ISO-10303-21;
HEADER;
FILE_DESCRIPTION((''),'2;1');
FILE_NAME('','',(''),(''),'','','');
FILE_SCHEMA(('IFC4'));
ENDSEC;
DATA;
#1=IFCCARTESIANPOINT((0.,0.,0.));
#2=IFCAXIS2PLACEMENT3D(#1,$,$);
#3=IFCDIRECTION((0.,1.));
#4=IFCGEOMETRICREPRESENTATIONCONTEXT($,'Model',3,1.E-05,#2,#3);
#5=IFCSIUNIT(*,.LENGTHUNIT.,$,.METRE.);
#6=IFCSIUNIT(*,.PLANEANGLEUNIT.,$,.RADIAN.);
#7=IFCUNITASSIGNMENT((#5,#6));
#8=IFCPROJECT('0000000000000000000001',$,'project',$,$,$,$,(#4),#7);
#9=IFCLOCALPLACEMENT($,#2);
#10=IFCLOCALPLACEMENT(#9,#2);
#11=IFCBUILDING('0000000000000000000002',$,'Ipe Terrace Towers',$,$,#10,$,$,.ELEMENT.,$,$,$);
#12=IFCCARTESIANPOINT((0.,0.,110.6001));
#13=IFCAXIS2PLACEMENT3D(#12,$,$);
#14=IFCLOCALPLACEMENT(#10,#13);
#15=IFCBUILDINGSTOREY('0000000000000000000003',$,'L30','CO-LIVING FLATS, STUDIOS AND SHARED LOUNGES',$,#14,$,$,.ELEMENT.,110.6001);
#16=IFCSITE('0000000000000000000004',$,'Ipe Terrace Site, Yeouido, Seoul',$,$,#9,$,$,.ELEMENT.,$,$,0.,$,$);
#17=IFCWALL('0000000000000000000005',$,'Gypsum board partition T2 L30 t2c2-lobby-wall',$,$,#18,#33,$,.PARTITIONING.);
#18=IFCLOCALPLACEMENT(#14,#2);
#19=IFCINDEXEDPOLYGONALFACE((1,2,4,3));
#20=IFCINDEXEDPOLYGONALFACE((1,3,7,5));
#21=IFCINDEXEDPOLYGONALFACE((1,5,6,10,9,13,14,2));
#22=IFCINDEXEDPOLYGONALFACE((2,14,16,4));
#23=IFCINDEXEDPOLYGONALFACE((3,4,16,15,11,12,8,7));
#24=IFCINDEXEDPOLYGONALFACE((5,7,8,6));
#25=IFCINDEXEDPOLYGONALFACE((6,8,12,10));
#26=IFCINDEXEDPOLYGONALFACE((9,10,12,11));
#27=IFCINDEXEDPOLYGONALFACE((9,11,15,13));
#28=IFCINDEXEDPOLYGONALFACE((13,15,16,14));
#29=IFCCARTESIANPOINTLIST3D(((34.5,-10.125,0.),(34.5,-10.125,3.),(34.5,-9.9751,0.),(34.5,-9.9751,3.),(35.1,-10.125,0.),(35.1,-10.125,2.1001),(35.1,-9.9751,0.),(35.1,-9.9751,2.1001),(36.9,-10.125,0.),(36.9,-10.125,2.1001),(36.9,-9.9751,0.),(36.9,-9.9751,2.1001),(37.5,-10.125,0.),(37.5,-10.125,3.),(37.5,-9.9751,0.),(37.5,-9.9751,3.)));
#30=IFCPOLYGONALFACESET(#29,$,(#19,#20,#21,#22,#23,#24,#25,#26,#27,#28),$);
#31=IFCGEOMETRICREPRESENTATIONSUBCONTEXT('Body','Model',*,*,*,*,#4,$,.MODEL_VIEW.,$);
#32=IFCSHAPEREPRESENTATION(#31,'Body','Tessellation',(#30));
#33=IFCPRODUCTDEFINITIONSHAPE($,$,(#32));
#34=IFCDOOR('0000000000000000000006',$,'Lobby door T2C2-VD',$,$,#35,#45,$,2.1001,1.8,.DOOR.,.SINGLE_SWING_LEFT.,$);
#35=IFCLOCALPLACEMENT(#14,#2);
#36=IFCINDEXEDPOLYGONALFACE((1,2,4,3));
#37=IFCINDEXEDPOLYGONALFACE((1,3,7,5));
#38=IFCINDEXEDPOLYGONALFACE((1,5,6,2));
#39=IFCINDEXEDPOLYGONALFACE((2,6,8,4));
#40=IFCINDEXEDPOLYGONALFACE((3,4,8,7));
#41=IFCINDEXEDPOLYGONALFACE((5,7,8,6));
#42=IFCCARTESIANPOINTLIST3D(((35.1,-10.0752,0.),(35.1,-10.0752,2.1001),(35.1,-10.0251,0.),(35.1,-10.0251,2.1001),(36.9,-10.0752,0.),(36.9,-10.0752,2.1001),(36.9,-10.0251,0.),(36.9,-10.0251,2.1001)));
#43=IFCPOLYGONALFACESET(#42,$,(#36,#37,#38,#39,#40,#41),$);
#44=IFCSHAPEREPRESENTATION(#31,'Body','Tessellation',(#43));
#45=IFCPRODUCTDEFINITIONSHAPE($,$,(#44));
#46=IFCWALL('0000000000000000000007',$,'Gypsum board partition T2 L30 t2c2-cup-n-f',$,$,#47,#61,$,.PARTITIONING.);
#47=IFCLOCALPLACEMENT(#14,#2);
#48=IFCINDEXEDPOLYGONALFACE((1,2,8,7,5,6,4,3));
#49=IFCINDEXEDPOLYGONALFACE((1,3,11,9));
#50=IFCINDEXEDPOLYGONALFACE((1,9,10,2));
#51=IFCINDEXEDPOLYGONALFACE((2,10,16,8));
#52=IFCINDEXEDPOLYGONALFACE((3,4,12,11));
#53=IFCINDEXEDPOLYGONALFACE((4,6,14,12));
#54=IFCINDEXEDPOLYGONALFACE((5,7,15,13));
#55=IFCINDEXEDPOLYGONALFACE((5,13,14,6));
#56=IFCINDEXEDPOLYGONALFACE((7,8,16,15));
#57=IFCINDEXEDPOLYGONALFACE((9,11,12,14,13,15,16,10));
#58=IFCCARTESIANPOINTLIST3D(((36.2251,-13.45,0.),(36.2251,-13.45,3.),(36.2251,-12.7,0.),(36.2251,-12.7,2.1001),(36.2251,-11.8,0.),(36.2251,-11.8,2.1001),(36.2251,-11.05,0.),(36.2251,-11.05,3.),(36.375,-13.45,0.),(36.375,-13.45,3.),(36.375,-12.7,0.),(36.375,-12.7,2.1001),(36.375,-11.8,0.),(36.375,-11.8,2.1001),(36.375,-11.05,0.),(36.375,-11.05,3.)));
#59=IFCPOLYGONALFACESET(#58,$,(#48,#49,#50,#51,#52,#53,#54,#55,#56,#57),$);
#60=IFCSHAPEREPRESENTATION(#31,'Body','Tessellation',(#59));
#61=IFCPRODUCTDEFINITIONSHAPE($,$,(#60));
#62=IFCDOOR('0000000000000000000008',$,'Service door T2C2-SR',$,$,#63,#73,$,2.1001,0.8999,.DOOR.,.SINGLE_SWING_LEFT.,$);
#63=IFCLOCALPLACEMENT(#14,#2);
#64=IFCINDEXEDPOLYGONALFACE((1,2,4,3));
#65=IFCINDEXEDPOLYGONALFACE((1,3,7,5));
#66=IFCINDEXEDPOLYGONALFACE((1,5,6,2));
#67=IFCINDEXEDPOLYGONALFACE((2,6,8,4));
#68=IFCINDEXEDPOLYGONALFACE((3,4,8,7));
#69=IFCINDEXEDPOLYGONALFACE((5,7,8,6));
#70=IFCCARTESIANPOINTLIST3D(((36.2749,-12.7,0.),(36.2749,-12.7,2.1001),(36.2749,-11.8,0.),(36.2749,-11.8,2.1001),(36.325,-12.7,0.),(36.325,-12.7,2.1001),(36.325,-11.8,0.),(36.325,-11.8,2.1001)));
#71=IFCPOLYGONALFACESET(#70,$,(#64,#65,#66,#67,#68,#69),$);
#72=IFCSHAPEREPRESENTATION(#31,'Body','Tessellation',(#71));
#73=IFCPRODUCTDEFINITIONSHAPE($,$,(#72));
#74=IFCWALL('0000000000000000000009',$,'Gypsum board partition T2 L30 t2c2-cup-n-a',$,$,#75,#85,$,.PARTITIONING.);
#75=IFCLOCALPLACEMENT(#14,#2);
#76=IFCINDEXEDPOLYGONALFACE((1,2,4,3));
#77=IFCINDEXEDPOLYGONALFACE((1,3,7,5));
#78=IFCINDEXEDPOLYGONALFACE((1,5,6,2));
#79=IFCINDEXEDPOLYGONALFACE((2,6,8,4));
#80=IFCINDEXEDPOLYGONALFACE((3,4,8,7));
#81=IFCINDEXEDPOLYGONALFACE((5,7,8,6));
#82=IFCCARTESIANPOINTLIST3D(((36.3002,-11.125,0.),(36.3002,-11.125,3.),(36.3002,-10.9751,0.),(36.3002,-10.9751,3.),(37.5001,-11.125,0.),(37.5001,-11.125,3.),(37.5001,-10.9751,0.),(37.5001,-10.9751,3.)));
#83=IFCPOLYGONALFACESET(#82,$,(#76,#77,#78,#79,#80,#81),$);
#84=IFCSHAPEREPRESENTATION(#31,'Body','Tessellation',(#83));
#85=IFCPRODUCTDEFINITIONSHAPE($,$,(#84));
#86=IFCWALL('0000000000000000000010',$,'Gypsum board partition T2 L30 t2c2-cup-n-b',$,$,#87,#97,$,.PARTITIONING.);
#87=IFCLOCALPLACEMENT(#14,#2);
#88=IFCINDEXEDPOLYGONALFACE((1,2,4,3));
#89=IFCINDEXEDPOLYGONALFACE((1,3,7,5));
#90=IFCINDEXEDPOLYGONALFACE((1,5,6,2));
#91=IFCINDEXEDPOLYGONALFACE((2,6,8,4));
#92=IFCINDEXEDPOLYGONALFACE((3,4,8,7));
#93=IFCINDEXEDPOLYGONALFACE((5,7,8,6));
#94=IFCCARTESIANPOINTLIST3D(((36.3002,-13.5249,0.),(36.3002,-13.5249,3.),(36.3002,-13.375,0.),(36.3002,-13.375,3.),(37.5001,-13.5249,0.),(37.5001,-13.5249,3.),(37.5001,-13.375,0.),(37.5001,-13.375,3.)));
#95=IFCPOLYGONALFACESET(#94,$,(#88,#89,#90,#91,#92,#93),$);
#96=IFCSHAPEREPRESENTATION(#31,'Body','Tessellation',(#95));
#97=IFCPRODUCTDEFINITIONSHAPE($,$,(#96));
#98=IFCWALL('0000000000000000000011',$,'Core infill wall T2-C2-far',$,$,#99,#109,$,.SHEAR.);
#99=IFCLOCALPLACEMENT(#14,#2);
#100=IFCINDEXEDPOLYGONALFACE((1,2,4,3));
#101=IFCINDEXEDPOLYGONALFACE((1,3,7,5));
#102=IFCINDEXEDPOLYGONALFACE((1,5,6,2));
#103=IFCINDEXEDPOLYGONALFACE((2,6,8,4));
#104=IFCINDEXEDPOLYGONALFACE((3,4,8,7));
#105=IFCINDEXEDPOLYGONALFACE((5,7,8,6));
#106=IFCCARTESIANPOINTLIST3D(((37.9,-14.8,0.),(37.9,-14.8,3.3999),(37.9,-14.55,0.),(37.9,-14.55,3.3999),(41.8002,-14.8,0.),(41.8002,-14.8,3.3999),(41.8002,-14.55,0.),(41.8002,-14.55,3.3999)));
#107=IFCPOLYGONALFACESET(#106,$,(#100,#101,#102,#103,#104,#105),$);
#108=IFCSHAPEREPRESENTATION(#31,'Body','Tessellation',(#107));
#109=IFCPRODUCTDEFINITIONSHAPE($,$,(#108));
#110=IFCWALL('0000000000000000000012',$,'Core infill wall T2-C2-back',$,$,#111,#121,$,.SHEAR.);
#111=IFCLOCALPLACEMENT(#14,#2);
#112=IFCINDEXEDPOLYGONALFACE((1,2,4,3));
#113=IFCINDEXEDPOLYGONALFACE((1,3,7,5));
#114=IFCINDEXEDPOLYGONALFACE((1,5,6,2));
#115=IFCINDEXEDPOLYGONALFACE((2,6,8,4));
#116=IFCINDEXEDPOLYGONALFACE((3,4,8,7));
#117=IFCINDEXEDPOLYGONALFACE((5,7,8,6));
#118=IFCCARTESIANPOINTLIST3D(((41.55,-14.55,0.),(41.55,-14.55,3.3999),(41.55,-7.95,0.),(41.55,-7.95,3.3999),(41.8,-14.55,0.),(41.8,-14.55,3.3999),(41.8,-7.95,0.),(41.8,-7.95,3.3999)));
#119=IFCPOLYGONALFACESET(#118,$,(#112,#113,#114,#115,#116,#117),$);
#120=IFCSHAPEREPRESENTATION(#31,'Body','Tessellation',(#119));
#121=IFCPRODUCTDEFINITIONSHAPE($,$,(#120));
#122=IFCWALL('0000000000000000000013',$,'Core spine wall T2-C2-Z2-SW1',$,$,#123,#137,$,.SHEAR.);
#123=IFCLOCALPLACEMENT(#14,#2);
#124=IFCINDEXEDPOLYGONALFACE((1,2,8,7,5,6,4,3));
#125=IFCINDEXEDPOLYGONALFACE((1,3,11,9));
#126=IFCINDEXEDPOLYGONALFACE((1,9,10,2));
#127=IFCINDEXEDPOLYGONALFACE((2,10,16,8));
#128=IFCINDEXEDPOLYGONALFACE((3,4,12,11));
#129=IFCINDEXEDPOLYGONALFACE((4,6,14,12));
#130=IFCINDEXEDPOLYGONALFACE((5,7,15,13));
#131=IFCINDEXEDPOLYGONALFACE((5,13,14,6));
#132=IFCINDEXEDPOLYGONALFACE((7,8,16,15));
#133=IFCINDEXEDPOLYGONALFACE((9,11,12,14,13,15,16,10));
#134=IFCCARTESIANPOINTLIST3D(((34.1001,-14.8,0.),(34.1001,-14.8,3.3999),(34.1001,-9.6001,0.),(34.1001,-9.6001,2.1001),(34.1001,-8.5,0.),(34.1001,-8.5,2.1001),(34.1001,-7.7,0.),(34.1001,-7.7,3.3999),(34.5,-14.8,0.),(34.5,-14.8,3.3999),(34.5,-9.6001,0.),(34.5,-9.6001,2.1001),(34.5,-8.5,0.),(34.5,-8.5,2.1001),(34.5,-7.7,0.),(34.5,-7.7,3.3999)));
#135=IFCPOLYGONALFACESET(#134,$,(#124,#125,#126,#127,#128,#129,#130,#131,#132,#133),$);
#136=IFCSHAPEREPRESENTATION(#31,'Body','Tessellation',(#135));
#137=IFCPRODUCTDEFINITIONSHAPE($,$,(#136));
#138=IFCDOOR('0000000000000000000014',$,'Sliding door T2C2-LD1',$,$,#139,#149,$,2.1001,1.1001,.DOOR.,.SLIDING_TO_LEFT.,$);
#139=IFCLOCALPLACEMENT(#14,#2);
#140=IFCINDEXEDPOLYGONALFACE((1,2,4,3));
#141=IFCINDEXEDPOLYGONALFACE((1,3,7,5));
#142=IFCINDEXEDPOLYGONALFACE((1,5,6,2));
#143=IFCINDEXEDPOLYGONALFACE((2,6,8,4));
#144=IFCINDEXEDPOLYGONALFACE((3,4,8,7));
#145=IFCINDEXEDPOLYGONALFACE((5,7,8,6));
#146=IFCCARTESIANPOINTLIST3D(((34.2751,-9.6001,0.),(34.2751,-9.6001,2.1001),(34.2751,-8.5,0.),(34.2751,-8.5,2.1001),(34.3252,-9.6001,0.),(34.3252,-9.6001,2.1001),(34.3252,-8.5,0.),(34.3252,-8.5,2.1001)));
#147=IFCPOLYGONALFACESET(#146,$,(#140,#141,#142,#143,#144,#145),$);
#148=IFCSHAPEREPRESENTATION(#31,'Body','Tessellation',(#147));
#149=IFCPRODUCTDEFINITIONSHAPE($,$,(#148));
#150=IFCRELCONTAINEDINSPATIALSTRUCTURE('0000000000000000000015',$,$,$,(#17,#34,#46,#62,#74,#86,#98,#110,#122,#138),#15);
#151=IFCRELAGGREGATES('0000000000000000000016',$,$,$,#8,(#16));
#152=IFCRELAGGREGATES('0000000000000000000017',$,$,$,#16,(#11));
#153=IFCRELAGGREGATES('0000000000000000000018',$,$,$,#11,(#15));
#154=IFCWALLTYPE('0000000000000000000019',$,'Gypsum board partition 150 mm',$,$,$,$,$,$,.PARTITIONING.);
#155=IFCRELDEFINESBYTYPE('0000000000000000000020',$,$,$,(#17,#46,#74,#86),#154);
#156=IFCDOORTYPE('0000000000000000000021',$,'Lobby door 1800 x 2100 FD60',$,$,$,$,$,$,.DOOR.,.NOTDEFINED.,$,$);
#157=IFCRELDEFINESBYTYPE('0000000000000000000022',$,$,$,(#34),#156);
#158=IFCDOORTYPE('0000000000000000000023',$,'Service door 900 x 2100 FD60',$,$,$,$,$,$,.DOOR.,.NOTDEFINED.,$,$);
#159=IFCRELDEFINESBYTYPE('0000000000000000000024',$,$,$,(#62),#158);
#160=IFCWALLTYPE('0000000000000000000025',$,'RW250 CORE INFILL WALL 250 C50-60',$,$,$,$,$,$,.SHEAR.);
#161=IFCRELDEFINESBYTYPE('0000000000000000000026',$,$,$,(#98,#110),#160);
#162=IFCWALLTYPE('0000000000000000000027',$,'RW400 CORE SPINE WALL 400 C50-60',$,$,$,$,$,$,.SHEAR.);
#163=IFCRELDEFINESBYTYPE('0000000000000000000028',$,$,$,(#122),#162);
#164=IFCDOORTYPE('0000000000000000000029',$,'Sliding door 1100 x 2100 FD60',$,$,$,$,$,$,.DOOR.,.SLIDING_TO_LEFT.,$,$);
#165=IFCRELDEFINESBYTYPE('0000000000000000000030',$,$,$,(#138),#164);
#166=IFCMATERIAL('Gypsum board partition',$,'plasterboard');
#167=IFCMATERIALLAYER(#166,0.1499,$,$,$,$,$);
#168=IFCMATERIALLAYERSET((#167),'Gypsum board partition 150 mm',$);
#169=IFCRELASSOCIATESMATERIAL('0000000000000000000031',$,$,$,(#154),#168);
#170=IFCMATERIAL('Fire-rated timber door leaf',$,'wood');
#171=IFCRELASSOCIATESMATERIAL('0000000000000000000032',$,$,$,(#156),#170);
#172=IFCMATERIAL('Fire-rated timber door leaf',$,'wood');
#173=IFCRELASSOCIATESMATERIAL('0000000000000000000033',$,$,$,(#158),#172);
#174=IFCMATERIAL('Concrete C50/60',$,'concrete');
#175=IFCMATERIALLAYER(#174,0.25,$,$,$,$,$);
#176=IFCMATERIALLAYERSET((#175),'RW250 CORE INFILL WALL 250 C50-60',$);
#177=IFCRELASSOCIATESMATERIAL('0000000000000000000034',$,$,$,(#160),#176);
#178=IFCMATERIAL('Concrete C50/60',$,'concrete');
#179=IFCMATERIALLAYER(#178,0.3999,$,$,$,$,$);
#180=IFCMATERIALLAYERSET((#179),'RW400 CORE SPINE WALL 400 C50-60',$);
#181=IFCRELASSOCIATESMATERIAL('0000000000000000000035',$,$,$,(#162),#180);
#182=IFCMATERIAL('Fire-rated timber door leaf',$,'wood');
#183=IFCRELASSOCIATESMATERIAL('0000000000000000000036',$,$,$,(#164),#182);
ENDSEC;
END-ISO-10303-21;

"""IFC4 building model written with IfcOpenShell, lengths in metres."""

from ifc_helpers import new_model, si_unit, direction, frame, frame_2d, origin, place, context, subcontext, project, spatial, rectangle, extrude, material, layer, layer_set, type_object, element, fill, save


model = new_model("IFC4")

# Units and contexts
model_context = context("Model", 3, precision=1e-05, world=origin(), true_north=direction((0.0, 1.0)))
body_context = subcontext(model_context, "Body", "Model", "MODEL_VIEW")
ifc_project = project(units=[si_unit("LENGTHUNIT", "METRE"), si_unit("PLANEANGLEUNIT", "RADIAN")], contexts=[model_context])

# Site, building, storey
site_placement = place(None, origin())
site = spatial("IfcSite", under=ifc_project, at=site_placement, Name="Ipe Terrace Site, Yeouido, Seoul", CompositionType="ELEMENT", RefElevation=0.0)
building_placement = place(site_placement, origin())
building = spatial("IfcBuilding", under=site, at=building_placement, Name="Ipe Terrace Towers", CompositionType="ELEMENT")
storey_placement = place(building_placement, frame((0.0, 0.0, 110.6001)))
storey = spatial("IfcBuildingStorey", under=building, at=storey_placement, Name="L30", Description="CO-LIVING FLATS, STUDIOS AND SHARED LOUNGES", CompositionType="ELEMENT", Elevation=110.6001)

# Walls, openings, doors
ifc_material_1 = material(Name="Gypsum board partition", Category="plasterboard")
ifc_layer_1 = layer(ifc_material_1, 0.1499)
ifc_layer_set_1 = layer_set([ifc_layer_1], Name="Gypsum board partition 150 mm")
wall_type_1 = type_object("IfcWallType", Name="Gypsum board partition 150 mm", PredefinedType="PARTITIONING", material=ifc_layer_set_1)
wall_1_placement = place(storey_placement, frame((34.5, -10.05, 0.0), z_axis=(0.0, 0.0, 1.0), x_axis=(1.0, 0.0, 0.0)))
wall_1 = element("IfcWall", 1, at=wall_1_placement, inside=storey, type_object=wall_type_1, Name="Gypsum board partition T2 L30 t2c2-lobby-wall", PredefinedType="PARTITIONING", context=body_context, shape_type="SweptSolid", body=[
    extrude(rectangle(XDim=3.0, YDim=0.1499, at=frame_2d((1.5, 0.0))), origin(), (0.0, 0.0, 1.0), 3.0),
])
opening_1_placement = place(wall_1_placement, frame((0.6001, 0.0, 0.0)))
opening_1 = element("IfcOpeningElement", 2, at=opening_1_placement, cuts=wall_1, PredefinedType="OPENING", context=body_context, shape_type="SweptSolid", body=[
    extrude(rectangle(XDim=1.8, YDim=2.1001, at=frame_2d((0.8999, 1.05))), frame((0.0, 0.085, 0.0), z_axis=(0.0, -1.0, 0.0), x_axis=(1.0, 0.0, 0.0)), (0.0, 0.0, 1.0), 0.1699),
])
ifc_material_2 = material(Name="Fire-rated timber door leaf", Category="wood")
door_type_1 = type_object("IfcDoorType", Name="Lobby door 1800 x 2100 FD60", OperationType="NOTDEFINED", PredefinedType="DOOR", material=ifc_material_2)
door_1_placement = place(opening_1_placement, origin())
door_1 = element("IfcDoor", 3, at=door_1_placement, inside=storey, type_object=door_type_1, Name="Lobby door T2C2-VD", OperationType="SINGLE_SWING_LEFT", OverallHeight=2.1001, OverallWidth=1.8, PredefinedType="DOOR", context=body_context, shape_type="SweptSolid", body=[
    extrude(rectangle(XDim=1.8, YDim=2.1001, at=frame_2d((0.8999, 1.05))), frame((0.0, 0.0249, 0.0), z_axis=(0.0, -1.0, 0.0), x_axis=(1.0, 0.0, 0.0)), (0.0, 0.0, 1.0), 0.05),
])
fill(opening_1, door_1)
wall_2_placement = place(storey_placement, frame((36.3, -11.05, 0.0), z_axis=(0.0, 0.0, 1.0), x_axis=(0.0, -1.0, 0.0)))
wall_2 = element("IfcWall", 4, at=wall_2_placement, inside=storey, type_object=wall_type_1, Name="Gypsum board partition T2 L30 t2c2-cup-n-f", PredefinedType="PARTITIONING", context=body_context, shape_type="SweptSolid", body=[
    extrude(rectangle(XDim=2.3999, YDim=0.1499, at=frame_2d((1.2, 0.0))), origin(), (0.0, 0.0, 1.0), 3.0),
])
opening_2_placement = place(wall_2_placement, frame((0.75, 0.0, 0.0)))
opening_2 = element("IfcOpeningElement", 5, at=opening_2_placement, cuts=wall_2, PredefinedType="OPENING", context=body_context, shape_type="SweptSolid", body=[
    extrude(rectangle(XDim=0.8999, YDim=2.1001, at=frame_2d((0.45, 1.05))), frame((0.0, 0.085, 0.0), z_axis=(0.0, -1.0, 0.0), x_axis=(1.0, 0.0, 0.0)), (0.0, 0.0, 1.0), 0.1699),
])
ifc_material_3 = material(Name="Fire-rated timber door leaf", Category="wood")
door_type_2 = type_object("IfcDoorType", Name="Service door 900 x 2100 FD60", OperationType="NOTDEFINED", PredefinedType="DOOR", material=ifc_material_3)
door_2_placement = place(opening_2_placement, origin())
door_2 = element("IfcDoor", 6, at=door_2_placement, inside=storey, type_object=door_type_2, Name="Service door T2C2-SR", OperationType="SINGLE_SWING_LEFT", OverallHeight=2.1001, OverallWidth=0.8999, PredefinedType="DOOR", context=body_context, shape_type="SweptSolid", body=[
    extrude(rectangle(XDim=0.8999, YDim=2.1001, at=frame_2d((0.45, 1.05))), frame((0.0, 0.0249, 0.0), z_axis=(0.0, -1.0, 0.0), x_axis=(1.0, 0.0, 0.0)), (0.0, 0.0, 1.0), 0.05),
])
fill(opening_2, door_2)

# Walls
for number, where, z_axis, x_axis, name in (
    (7, (36.3, -11.05, 0.0), (0.0, 0.0, 1.0), (1.0, 0.0, 0.0), "Gypsum board partition T2 L30 t2c2-cup-n-a"),
    (8, (36.3, -13.45, 0.0), (0.0, 0.0, 1.0), (1.0, 0.0, 0.0), "Gypsum board partition T2 L30 t2c2-cup-n-b"),
):
    element("IfcWall", number, at=place(storey_placement, frame(where, z_axis=z_axis, x_axis=x_axis)), inside=storey, type_object=wall_type_1, Name=name, PredefinedType="PARTITIONING", context=body_context, shape_type="SweptSolid", body=[
        extrude(rectangle(XDim=1.2, YDim=0.1499, at=frame_2d((0.6001, 0.0))), origin(), (0.0, 0.0, 1.0), 3.0),
    ])
ifc_material_4 = material(Name="Concrete C50/60", Category="concrete")
ifc_layer_2 = layer(ifc_material_4, 0.25)
ifc_layer_set_2 = layer_set([ifc_layer_2], Name="RW250 CORE INFILL WALL 250 C50-60")
wall_type_2 = type_object("IfcWallType", Name="RW250 CORE INFILL WALL 250 C50-60", PredefinedType="SHEAR", material=ifc_layer_set_2)
wall_3_placement = place(storey_placement, frame((37.8999, -14.675, 0.0), z_axis=(0.0, 0.0, 1.0), x_axis=(1.0, 0.0, 0.0)))
element("IfcWall", 9, at=wall_3_placement, inside=storey, type_object=wall_type_2, Name="Core infill wall T2-C2-far", PredefinedType="SHEAR", context=body_context, shape_type="SweptSolid", body=[
    extrude(rectangle(XDim=3.9001, YDim=0.25, at=frame_2d((1.9502, 0.0))), origin(), (0.0, 0.0, 1.0), 3.3999),
])
wall_4_placement = place(storey_placement, frame((41.675, -7.95, 0.0), z_axis=(0.0, 0.0, 1.0), x_axis=(0.0, -1.0, 0.0)))
element("IfcWall", 10, at=wall_4_placement, inside=storey, type_object=wall_type_2, Name="Core infill wall T2-C2-back", PredefinedType="SHEAR", context=body_context, shape_type="SweptSolid", body=[
    extrude(rectangle(XDim=6.6001, YDim=0.25, at=frame_2d((3.3, 0.0))), origin(), (0.0, 0.0, 1.0), 3.3999),
])

# Wall, opening, door
ifc_material_5 = material(Name="Concrete C50/60", Category="concrete")
ifc_layer_3 = layer(ifc_material_5, 0.3999)
ifc_layer_set_3 = layer_set([ifc_layer_3], Name="RW400 CORE SPINE WALL 400 C50-60")
wall_type_3 = type_object("IfcWallType", Name="RW400 CORE SPINE WALL 400 C50-60", PredefinedType="SHEAR", material=ifc_layer_set_3)
wall_5_placement = place(storey_placement, frame((34.3, -14.8, 0.0), z_axis=(0.0, 0.0, 1.0), x_axis=(0.0, 1.0, 0.0)))
wall_5 = element("IfcWall", 11, at=wall_5_placement, inside=storey, type_object=wall_type_3, Name="Core spine wall T2-C2-Z2-SW1", PredefinedType="SHEAR", context=body_context, shape_type="SweptSolid", body=[
    extrude(rectangle(XDim=7.1001, YDim=0.3999, at=frame_2d((3.55, 0.0))), origin(), (0.0, 0.0, 1.0), 3.3999),
])
opening_3_placement = place(wall_5_placement, frame((5.2, 0.0, 0.0)))
opening_3 = element("IfcOpeningElement", 12, at=opening_3_placement, cuts=wall_5, PredefinedType="OPENING", context=body_context, shape_type="SweptSolid", body=[
    extrude(rectangle(XDim=1.1001, YDim=2.1001, at=frame_2d((0.55, 1.05))), frame((0.0, 0.21, 0.0), z_axis=(0.0, -1.0, 0.0), x_axis=(1.0, 0.0, 0.0)), (0.0, 0.0, 1.0), 0.4199),
])
ifc_material_6 = material(Name="Fire-rated timber door leaf", Category="wood")
door_type_3 = type_object("IfcDoorType", Name="Sliding door 1100 x 2100 FD60", OperationType="SLIDING_TO_LEFT", PredefinedType="DOOR", material=ifc_material_6)
door_3_placement = place(opening_3_placement, origin())
door_3 = element("IfcDoor", 13, at=door_3_placement, inside=storey, type_object=door_type_3, Name="Sliding door T2C2-LD1", OperationType="SLIDING_TO_LEFT", OverallHeight=2.1001, OverallWidth=1.1001, PredefinedType="DOOR", context=body_context, shape_type="SweptSolid", body=[
    extrude(rectangle(XDim=1.1001, YDim=2.1001, at=frame_2d((0.55, 1.05))), frame((0.0, 0.0249, 0.0), z_axis=(0.0, -1.0, 0.0), x_axis=(1.0, 0.0, 0.0)), (0.0, 0.0, 1.0), 0.05),
])
fill(opening_3, door_3)

save(model, "model.ifc")
